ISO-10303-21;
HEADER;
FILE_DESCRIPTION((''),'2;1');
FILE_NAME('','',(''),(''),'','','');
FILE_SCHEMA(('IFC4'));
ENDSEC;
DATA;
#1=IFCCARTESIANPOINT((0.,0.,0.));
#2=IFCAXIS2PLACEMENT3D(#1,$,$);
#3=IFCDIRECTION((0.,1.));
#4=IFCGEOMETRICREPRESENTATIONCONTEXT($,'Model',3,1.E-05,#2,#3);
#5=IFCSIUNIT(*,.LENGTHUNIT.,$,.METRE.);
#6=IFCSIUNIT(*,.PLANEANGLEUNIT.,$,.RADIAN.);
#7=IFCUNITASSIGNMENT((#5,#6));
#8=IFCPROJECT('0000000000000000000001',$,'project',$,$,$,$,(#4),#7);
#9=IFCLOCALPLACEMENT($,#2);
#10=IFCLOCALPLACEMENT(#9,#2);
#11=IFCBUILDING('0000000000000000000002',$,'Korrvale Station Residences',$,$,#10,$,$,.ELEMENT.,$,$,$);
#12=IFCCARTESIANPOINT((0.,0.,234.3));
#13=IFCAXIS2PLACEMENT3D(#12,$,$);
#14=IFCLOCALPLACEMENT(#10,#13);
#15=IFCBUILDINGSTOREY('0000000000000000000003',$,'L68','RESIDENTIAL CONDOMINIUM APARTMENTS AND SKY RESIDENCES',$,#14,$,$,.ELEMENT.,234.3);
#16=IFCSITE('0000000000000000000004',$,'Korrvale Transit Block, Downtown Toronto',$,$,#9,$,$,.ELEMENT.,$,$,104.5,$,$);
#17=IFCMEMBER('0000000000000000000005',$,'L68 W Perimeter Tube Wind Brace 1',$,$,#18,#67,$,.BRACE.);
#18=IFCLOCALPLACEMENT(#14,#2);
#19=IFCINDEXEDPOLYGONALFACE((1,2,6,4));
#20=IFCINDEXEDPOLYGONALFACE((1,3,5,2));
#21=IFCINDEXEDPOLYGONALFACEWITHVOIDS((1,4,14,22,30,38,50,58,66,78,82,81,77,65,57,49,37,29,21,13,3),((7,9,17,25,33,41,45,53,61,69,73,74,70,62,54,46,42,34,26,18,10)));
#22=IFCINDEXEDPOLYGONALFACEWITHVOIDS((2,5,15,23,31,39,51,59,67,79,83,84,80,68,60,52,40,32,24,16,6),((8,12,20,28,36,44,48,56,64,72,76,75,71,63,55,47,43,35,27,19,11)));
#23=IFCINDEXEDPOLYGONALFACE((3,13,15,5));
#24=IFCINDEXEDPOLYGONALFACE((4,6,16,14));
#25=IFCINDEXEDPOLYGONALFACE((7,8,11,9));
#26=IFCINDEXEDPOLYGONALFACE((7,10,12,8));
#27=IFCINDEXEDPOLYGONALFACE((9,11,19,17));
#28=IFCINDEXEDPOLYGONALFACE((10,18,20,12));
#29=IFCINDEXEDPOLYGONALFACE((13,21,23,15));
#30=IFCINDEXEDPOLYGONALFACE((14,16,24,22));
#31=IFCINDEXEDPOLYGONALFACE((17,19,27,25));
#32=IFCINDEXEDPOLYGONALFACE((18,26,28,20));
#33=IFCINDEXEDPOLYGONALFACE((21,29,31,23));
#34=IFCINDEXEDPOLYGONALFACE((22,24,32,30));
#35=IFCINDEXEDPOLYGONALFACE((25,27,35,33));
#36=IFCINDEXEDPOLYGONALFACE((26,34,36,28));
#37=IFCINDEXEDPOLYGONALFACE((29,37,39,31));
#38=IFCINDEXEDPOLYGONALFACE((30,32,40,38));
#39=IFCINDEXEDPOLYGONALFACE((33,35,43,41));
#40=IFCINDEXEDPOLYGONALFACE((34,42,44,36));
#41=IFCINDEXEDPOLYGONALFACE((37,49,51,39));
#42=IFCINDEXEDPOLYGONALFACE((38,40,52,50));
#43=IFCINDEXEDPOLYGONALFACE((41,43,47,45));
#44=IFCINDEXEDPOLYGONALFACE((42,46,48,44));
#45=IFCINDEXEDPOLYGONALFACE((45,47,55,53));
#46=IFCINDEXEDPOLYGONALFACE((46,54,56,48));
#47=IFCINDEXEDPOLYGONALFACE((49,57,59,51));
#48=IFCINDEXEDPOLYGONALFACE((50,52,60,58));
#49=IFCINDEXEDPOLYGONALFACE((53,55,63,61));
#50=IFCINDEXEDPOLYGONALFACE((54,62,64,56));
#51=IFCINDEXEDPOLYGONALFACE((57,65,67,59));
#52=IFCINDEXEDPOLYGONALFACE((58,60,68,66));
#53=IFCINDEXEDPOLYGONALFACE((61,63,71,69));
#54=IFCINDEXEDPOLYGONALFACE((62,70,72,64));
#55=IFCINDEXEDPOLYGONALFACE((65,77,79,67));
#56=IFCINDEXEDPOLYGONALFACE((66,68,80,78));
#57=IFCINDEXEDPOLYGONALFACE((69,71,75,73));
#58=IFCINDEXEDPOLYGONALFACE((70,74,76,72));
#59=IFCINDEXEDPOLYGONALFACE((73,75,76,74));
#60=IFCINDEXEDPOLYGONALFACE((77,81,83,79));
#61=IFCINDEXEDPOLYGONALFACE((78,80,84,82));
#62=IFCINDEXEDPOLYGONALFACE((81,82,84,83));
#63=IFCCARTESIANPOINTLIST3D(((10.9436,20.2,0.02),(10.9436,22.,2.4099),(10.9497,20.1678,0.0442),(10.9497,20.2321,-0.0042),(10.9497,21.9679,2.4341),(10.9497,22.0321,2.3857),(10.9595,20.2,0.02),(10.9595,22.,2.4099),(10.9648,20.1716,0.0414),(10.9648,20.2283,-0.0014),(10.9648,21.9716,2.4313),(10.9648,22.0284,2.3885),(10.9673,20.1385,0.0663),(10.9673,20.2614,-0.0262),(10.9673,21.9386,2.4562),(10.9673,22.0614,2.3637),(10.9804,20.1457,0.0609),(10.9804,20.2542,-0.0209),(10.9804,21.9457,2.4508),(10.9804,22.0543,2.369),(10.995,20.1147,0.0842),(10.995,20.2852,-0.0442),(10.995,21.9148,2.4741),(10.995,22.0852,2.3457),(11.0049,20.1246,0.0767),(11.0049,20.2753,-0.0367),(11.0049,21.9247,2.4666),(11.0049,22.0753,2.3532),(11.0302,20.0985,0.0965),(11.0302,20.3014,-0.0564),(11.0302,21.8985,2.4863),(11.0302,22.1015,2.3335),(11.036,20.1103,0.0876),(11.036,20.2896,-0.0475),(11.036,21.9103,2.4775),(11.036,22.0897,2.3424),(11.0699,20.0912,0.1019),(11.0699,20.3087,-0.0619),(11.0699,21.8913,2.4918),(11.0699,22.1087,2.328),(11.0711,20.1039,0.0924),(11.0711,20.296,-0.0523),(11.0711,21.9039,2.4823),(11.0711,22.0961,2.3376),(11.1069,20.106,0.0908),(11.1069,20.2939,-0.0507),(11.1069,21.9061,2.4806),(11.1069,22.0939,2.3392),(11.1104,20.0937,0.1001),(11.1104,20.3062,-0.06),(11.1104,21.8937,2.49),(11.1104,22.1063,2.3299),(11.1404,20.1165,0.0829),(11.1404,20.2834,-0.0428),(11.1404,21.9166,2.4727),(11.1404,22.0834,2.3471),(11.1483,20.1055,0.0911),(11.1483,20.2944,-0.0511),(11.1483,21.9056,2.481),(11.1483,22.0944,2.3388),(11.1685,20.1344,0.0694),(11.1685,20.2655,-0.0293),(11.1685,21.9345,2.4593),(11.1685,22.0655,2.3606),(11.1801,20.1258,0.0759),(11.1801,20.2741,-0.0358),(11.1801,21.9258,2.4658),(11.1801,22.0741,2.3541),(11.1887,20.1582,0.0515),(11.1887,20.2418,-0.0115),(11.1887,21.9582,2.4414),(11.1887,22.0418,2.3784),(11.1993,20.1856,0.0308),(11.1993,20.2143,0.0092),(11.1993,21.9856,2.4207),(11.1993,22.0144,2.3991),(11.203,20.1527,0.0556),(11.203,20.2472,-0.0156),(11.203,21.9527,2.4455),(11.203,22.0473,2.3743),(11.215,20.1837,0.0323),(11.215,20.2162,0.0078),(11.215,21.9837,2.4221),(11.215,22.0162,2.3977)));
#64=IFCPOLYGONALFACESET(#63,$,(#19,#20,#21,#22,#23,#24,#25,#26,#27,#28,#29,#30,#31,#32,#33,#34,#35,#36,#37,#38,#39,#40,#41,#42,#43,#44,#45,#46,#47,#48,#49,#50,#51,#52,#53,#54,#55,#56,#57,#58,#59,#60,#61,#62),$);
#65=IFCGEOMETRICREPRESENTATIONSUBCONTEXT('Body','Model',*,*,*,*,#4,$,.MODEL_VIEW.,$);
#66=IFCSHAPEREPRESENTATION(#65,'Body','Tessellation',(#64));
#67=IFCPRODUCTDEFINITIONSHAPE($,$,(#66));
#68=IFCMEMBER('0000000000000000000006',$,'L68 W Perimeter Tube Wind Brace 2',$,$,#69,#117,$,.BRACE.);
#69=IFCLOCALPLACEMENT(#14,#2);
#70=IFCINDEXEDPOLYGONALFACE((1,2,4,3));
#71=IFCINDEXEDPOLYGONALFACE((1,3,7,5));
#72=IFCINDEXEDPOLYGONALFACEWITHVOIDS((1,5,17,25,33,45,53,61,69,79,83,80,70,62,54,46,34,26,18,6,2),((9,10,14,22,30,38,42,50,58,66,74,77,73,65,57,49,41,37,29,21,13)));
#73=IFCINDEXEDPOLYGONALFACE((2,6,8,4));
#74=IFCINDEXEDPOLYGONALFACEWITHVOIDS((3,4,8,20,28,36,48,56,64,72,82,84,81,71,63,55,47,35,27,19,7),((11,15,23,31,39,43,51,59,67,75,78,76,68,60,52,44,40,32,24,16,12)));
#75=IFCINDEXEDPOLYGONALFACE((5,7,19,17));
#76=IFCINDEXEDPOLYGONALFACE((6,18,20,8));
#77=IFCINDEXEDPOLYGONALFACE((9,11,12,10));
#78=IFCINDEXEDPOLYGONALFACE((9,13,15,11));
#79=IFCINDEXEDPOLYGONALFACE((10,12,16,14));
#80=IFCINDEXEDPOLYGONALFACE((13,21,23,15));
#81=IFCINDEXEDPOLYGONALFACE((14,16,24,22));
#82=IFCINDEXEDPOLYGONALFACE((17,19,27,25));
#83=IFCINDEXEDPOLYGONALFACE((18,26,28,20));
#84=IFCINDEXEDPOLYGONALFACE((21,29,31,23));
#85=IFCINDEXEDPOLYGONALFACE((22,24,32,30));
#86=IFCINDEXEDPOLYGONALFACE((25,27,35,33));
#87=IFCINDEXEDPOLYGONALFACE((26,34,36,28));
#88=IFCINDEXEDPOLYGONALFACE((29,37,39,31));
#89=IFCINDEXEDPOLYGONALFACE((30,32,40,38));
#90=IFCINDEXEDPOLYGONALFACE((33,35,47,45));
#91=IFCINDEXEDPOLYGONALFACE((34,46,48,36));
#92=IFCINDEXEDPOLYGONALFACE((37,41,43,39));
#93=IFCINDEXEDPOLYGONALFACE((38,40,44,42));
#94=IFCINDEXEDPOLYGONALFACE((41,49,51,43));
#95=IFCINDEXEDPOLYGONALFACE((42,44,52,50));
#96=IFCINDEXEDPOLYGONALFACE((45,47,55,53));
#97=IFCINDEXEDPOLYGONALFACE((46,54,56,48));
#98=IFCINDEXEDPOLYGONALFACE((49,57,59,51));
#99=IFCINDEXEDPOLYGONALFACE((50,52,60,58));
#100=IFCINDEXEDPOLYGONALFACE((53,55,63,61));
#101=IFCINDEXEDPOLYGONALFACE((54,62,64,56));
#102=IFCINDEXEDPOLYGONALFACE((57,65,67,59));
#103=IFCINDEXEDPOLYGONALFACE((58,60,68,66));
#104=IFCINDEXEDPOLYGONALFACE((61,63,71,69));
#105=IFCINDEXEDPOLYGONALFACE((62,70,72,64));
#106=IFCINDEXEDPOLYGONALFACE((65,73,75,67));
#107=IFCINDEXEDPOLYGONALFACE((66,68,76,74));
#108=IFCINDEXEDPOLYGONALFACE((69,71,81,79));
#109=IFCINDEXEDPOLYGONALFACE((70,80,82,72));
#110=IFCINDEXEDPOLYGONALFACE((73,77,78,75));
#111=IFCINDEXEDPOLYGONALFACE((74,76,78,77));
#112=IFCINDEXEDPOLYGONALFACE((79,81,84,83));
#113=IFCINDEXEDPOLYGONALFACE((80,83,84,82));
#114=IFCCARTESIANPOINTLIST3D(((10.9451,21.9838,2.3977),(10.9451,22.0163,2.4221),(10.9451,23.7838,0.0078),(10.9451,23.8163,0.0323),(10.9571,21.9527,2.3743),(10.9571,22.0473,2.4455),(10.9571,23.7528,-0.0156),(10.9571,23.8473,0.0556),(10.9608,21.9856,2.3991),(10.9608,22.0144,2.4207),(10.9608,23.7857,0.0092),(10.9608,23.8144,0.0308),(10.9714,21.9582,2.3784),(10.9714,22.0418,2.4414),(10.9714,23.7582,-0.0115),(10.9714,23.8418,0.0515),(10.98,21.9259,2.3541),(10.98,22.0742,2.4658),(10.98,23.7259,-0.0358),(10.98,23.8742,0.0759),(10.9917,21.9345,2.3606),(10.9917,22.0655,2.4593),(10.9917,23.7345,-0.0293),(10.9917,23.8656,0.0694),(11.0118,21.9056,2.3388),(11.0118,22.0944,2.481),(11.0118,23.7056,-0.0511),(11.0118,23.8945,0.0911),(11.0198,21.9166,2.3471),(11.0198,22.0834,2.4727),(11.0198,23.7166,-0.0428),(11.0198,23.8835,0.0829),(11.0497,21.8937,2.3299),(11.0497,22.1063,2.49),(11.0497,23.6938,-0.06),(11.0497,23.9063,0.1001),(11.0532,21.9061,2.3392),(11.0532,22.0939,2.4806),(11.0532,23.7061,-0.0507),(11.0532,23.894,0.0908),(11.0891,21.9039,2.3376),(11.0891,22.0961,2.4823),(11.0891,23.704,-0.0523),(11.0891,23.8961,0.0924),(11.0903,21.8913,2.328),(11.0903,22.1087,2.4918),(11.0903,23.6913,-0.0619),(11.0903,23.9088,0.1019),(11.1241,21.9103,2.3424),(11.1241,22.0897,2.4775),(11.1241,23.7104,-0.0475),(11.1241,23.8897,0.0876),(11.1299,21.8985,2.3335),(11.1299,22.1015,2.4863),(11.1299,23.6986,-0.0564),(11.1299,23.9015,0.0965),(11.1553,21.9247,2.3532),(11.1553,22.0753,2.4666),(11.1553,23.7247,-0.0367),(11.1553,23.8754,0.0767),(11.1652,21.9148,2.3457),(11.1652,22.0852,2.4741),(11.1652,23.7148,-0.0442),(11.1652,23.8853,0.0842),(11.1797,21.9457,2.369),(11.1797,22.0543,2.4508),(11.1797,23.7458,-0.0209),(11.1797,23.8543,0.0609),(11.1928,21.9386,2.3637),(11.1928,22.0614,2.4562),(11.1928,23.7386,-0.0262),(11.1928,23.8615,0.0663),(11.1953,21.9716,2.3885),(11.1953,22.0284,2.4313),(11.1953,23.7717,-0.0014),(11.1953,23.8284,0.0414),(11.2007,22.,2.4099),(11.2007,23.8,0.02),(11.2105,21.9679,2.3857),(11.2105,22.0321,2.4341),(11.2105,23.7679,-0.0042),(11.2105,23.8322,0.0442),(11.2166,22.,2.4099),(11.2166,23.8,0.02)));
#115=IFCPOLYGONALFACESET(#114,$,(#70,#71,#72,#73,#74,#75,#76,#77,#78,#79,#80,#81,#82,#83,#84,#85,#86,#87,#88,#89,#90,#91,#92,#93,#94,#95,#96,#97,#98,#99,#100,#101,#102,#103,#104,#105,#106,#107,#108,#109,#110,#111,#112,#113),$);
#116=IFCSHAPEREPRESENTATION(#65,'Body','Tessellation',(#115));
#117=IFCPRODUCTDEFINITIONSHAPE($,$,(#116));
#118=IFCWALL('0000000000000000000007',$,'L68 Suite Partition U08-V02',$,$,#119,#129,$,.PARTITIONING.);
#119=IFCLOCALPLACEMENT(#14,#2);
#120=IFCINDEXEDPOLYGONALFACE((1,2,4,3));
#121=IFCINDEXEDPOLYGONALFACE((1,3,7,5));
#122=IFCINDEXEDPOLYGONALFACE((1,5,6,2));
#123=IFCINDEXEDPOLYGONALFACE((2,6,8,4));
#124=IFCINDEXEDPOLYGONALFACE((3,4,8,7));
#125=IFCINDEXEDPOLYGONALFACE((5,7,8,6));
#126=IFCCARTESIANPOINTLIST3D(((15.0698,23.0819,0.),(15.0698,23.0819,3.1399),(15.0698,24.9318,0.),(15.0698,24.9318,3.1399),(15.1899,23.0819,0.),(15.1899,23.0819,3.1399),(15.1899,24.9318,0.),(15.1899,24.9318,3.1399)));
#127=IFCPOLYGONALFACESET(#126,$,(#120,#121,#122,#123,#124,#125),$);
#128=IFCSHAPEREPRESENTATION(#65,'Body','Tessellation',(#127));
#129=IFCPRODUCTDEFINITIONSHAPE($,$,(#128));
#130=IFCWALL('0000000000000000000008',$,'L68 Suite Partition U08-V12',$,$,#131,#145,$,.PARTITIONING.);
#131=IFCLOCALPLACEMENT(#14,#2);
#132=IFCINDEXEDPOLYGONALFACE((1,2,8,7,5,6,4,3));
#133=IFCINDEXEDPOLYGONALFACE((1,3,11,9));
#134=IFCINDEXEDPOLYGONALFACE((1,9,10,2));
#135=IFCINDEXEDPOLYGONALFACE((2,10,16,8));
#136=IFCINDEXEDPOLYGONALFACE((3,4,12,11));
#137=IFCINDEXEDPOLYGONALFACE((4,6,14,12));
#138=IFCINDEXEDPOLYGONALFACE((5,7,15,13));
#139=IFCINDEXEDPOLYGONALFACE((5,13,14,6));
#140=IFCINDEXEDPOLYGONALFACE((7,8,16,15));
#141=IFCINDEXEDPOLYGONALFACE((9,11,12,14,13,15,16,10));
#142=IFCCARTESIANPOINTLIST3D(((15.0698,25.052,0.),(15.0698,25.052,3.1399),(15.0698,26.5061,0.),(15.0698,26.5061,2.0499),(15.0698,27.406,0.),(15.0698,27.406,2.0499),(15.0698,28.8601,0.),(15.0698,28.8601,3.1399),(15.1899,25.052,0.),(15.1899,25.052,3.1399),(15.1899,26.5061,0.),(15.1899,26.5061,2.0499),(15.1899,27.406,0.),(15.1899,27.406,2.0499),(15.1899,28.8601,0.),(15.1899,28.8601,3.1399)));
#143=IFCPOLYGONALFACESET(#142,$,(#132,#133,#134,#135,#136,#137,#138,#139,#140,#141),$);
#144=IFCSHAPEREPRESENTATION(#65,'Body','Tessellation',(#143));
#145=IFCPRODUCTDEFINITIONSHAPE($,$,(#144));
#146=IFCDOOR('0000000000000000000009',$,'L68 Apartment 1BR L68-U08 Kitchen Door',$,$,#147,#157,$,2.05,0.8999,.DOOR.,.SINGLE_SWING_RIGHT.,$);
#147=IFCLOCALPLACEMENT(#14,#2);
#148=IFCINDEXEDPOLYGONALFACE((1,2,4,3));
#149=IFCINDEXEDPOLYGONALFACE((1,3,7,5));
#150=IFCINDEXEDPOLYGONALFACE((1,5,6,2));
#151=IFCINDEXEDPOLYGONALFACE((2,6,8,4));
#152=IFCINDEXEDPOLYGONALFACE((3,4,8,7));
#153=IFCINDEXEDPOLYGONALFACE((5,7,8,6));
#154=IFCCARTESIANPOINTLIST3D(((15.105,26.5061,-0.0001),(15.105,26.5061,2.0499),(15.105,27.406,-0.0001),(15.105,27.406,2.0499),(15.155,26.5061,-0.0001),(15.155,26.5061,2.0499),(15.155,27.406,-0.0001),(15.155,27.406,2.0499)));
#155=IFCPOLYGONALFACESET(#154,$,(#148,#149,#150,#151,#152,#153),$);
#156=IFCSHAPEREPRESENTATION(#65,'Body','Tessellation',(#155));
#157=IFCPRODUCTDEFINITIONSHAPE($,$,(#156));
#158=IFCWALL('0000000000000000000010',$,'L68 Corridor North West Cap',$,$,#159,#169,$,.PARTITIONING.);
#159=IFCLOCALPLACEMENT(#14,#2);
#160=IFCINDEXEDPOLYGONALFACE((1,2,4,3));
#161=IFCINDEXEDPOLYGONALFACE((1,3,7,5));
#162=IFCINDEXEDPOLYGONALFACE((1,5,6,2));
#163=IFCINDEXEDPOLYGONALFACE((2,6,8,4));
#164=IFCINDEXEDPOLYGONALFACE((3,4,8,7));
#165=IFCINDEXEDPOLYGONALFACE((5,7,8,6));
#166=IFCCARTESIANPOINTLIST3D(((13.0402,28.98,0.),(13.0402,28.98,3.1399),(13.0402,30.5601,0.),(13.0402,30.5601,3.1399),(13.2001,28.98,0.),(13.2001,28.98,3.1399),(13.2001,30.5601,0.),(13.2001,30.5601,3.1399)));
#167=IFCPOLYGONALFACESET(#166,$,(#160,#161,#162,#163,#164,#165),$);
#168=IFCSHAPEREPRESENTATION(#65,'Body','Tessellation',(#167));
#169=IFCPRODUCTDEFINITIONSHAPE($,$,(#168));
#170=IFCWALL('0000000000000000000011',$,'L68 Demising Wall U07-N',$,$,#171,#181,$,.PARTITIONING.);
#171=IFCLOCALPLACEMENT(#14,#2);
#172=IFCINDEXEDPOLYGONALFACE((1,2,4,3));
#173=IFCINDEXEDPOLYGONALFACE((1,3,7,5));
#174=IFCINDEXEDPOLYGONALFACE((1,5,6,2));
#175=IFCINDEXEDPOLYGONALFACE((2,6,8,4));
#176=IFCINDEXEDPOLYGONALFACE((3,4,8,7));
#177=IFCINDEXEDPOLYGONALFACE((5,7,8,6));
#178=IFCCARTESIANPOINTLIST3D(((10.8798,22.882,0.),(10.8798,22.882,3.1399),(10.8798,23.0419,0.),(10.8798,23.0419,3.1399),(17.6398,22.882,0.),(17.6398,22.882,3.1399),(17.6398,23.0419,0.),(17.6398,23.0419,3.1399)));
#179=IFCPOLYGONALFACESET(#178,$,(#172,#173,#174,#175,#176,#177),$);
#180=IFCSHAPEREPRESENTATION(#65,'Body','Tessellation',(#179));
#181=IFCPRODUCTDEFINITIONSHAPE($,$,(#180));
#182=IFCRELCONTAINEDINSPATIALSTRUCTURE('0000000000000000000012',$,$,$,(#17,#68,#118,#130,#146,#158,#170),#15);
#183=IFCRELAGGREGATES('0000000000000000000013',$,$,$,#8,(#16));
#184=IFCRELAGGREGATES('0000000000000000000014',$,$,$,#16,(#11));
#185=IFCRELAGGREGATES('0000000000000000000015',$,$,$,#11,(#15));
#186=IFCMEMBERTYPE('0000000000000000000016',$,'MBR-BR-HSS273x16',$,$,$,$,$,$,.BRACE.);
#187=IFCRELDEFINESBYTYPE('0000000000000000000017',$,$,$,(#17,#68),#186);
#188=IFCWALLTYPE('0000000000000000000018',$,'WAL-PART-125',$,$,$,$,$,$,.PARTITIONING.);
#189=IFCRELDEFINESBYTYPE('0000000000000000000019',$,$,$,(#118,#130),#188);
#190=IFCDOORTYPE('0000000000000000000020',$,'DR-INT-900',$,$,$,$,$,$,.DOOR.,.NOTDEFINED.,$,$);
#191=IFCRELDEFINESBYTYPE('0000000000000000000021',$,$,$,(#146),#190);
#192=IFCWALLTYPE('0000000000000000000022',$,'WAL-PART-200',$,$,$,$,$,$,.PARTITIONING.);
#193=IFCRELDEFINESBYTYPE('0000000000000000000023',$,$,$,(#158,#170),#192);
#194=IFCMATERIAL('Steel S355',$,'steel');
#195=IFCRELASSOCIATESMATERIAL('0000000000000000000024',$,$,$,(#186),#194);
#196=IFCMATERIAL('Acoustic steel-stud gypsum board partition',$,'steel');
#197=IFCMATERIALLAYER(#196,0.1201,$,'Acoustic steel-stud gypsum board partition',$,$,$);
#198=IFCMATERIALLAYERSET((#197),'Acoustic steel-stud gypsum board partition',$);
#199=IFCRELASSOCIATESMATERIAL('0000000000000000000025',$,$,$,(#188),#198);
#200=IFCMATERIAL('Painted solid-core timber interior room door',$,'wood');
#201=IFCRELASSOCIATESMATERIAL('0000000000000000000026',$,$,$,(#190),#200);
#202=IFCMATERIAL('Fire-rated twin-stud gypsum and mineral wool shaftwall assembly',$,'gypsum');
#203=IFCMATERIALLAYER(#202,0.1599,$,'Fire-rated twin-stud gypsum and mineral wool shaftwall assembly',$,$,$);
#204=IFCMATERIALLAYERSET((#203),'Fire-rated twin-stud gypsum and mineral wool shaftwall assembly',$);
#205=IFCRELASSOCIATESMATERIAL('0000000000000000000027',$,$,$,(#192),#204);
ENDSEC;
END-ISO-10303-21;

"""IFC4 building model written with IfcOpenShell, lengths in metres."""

from ifc_helpers import new_model, si_unit, direction, frame, frame_2d, origin, origin_2d, place, context, subcontext, project, spatial, rectangle, hollow_circle, extrude, material, layer, layer_set, material_profile, profile_set, type_object, element, fill, save


model = new_model("IFC4")

# Units and contexts
model_context = context("Model", 3, precision=1e-05, world=origin(), true_north=direction((0.0, 1.0)))
body_context = subcontext(model_context, "Body", "Model", "MODEL_VIEW")
ifc_project = project(units=[si_unit("LENGTHUNIT", "METRE"), si_unit("PLANEANGLEUNIT", "RADIAN")], contexts=[model_context])

# Site, building, storey
site_placement = place(None, origin())
site = spatial("IfcSite", under=ifc_project, at=site_placement, Name="Korrvale Transit Block, Downtown Toronto", CompositionType="ELEMENT", RefElevation=104.5)
building_placement = place(site_placement, origin())
building = spatial("IfcBuilding", under=site, at=building_placement, Name="Korrvale Station Residences", CompositionType="ELEMENT")
storey_placement = place(building_placement, frame((0.0, 0.0, 234.3)))
storey = spatial("IfcBuildingStorey", under=building, at=storey_placement, Name="L68", Description="RESIDENTIAL CONDOMINIUM APARTMENTS AND SKY RESIDENCES", CompositionType="ELEMENT", Elevation=234.3)

# Shared definitions
ifc_material_1 = material(Name="Steel S355", Category="steel")

# Members
ifc_material_profile_1 = material_profile(ifc_material_1, hollow_circle(Radius=0.1365, WallThickness=0.0159, at=origin_2d()), Name="HSS273x16")
ifc_profile_set_1 = profile_set([ifc_material_profile_1], Name="Steel S355")
member_type = type_object("IfcMemberType", Name="MBR-BR-HSS273x16", PredefinedType="BRACE", material=ifc_profile_set_1)
for number, where, z_axis, x_axis, name in (
    (1, (11.0801, 20.2, 0.02), (0.0, 0.601631, 0.798774), (-1.0, 0.0, 0.0), "L68 W Perimeter Tube Wind Brace 1"),
    (2, (11.0801, 23.8, 0.02), (0.0, -0.601631, 0.798774), (1.0, 0.0, 0.0), "L68 W Perimeter Tube Wind Brace 2"),
):
    element("IfcMember", number, at=place(storey_placement, frame(where, z_axis=z_axis, x_axis=x_axis)), inside=storey, type_object=member_type, Name=name, PredefinedType="BRACE", context=body_context, shape_type="SweptSolid", body=[
        extrude(hollow_circle(Radius=0.1365, WallThickness=0.0159, at=origin_2d()), origin(), (0.0, 0.0, 1.0), 2.9919),
    ])

# Wall
ifc_material_2 = material(Name="Acoustic steel-stud gypsum board partition", Category="steel")
ifc_layer_1 = layer(ifc_material_2, 0.1201, Name="Acoustic steel-stud gypsum board partition")
ifc_layer_set_1 = layer_set([ifc_layer_1], Name="Acoustic steel-stud gypsum board partition")
wall_type_1 = type_object("IfcWallType", Name="WAL-PART-125", PredefinedType="PARTITIONING", material=ifc_layer_set_1)
wall_1_placement = place(storey_placement, frame((15.1299, 23.082, 0.0), z_axis=(0.0, 0.0, 1.0), x_axis=(0.0, 1.0, 0.0)))
element("IfcWall", 3, at=wall_1_placement, inside=storey, type_object=wall_type_1, Name="L68 Suite Partition U08-V02", PredefinedType="PARTITIONING", context=body_context, shape_type="SweptSolid", body=[
    extrude(rectangle(XDim=1.8499, YDim=0.1201, at=frame_2d((0.9248, 0.0))), origin(), (0.0, 0.0, 1.0), 3.1399),
])

# Wall, opening, door
wall_2_placement = place(storey_placement, frame((15.1299, 25.052, 0.0), z_axis=(0.0, 0.0, 1.0), x_axis=(0.0, 1.0, 0.0)))
wall_2 = element("IfcWall", 4, at=wall_2_placement, inside=storey, type_object=wall_type_1, Name="L68 Suite Partition U08-V12", PredefinedType="PARTITIONING", context=body_context, shape_type="SweptSolid", body=[
    extrude(rectangle(XDim=3.8081, YDim=0.1201, at=frame_2d((1.9041, 0.0))), origin(), (0.0, 0.0, 1.0), 3.1399),
])
opening_1_placement = place(wall_2_placement, frame((1.4541, 0.0, 0.0)))
opening_1 = element("IfcOpeningElement", 5, at=opening_1_placement, cuts=wall_2, PredefinedType="OPENING", context=body_context, shape_type="SweptSolid", body=[
    extrude(rectangle(XDim=0.8999, YDim=2.05, at=frame_2d((0.45, 1.0249))), frame((0.0, 0.0701, 0.0), z_axis=(0.0, -1.0, 0.0), x_axis=(1.0, 0.0, 0.0)), (0.0, 0.0, 1.0), 0.1401),
])
ifc_material_3 = material(Name="Painted solid-core timber interior room door", Category="wood")
door_type_1 = type_object("IfcDoorType", Name="DR-INT-900", OperationType="NOTDEFINED", PredefinedType="DOOR", material=ifc_material_3)
door_1_placement = place(opening_1_placement, origin())
door_1 = element("IfcDoor", 6, at=door_1_placement, inside=storey, type_object=door_type_1, Name="L68 Apartment 1BR L68-U08 Kitchen Door", OperationType="SINGLE_SWING_RIGHT", OverallHeight=2.05, OverallWidth=0.8999, PredefinedType="DOOR", context=body_context, shape_type="SweptSolid", body=[
    extrude(rectangle(XDim=0.8999, YDim=2.05, at=frame_2d((0.45, 1.0249))), frame((0.0, 0.0249, 0.0), z_axis=(0.0, -1.0, 0.0), x_axis=(1.0, 0.0, 0.0)), (0.0, 0.0, 1.0), 0.05),
])
fill(opening_1, door_1)

# Walls
ifc_material_4 = material(Name="Fire-rated twin-stud gypsum and mineral wool shaftwall assembly", Category="gypsum")
ifc_layer_2 = layer(ifc_material_4, 0.1599, Name="Fire-rated twin-stud gypsum and mineral wool shaftwall assembly")
ifc_layer_set_2 = layer_set([ifc_layer_2], Name="Fire-rated twin-stud gypsum and mineral wool shaftwall assembly")
wall_type_2 = type_object("IfcWallType", Name="WAL-PART-200", PredefinedType="PARTITIONING", material=ifc_layer_set_2)
wall_3_placement = place(storey_placement, frame((13.1201, 28.98, 0.0), z_axis=(0.0, 0.0, 1.0), x_axis=(0.0, 1.0, 0.0)))
element("IfcWall", 7, at=wall_3_placement, inside=storey, type_object=wall_type_2, Name="L68 Corridor North West Cap", PredefinedType="PARTITIONING", context=body_context, shape_type="SweptSolid", body=[
    extrude(rectangle(XDim=1.5801, YDim=0.1599, at=frame_2d((0.79, 0.0))), origin(), (0.0, 0.0, 1.0), 3.1399),
])
wall_4_placement = place(storey_placement, frame((10.8799, 22.9619, 0.0), z_axis=(0.0, 0.0, 1.0), x_axis=(1.0, 0.0, 0.0)))
element("IfcWall", 8, at=wall_4_placement, inside=storey, type_object=wall_type_2, Name="L68 Demising Wall U07-N", PredefinedType="PARTITIONING", context=body_context, shape_type="SweptSolid", body=[
    extrude(rectangle(XDim=6.76, YDim=0.1599, at=frame_2d((3.3799, 0.0))), origin(), (0.0, 0.0, 1.0), 3.1399),
])

save(model, "model.ifc")
